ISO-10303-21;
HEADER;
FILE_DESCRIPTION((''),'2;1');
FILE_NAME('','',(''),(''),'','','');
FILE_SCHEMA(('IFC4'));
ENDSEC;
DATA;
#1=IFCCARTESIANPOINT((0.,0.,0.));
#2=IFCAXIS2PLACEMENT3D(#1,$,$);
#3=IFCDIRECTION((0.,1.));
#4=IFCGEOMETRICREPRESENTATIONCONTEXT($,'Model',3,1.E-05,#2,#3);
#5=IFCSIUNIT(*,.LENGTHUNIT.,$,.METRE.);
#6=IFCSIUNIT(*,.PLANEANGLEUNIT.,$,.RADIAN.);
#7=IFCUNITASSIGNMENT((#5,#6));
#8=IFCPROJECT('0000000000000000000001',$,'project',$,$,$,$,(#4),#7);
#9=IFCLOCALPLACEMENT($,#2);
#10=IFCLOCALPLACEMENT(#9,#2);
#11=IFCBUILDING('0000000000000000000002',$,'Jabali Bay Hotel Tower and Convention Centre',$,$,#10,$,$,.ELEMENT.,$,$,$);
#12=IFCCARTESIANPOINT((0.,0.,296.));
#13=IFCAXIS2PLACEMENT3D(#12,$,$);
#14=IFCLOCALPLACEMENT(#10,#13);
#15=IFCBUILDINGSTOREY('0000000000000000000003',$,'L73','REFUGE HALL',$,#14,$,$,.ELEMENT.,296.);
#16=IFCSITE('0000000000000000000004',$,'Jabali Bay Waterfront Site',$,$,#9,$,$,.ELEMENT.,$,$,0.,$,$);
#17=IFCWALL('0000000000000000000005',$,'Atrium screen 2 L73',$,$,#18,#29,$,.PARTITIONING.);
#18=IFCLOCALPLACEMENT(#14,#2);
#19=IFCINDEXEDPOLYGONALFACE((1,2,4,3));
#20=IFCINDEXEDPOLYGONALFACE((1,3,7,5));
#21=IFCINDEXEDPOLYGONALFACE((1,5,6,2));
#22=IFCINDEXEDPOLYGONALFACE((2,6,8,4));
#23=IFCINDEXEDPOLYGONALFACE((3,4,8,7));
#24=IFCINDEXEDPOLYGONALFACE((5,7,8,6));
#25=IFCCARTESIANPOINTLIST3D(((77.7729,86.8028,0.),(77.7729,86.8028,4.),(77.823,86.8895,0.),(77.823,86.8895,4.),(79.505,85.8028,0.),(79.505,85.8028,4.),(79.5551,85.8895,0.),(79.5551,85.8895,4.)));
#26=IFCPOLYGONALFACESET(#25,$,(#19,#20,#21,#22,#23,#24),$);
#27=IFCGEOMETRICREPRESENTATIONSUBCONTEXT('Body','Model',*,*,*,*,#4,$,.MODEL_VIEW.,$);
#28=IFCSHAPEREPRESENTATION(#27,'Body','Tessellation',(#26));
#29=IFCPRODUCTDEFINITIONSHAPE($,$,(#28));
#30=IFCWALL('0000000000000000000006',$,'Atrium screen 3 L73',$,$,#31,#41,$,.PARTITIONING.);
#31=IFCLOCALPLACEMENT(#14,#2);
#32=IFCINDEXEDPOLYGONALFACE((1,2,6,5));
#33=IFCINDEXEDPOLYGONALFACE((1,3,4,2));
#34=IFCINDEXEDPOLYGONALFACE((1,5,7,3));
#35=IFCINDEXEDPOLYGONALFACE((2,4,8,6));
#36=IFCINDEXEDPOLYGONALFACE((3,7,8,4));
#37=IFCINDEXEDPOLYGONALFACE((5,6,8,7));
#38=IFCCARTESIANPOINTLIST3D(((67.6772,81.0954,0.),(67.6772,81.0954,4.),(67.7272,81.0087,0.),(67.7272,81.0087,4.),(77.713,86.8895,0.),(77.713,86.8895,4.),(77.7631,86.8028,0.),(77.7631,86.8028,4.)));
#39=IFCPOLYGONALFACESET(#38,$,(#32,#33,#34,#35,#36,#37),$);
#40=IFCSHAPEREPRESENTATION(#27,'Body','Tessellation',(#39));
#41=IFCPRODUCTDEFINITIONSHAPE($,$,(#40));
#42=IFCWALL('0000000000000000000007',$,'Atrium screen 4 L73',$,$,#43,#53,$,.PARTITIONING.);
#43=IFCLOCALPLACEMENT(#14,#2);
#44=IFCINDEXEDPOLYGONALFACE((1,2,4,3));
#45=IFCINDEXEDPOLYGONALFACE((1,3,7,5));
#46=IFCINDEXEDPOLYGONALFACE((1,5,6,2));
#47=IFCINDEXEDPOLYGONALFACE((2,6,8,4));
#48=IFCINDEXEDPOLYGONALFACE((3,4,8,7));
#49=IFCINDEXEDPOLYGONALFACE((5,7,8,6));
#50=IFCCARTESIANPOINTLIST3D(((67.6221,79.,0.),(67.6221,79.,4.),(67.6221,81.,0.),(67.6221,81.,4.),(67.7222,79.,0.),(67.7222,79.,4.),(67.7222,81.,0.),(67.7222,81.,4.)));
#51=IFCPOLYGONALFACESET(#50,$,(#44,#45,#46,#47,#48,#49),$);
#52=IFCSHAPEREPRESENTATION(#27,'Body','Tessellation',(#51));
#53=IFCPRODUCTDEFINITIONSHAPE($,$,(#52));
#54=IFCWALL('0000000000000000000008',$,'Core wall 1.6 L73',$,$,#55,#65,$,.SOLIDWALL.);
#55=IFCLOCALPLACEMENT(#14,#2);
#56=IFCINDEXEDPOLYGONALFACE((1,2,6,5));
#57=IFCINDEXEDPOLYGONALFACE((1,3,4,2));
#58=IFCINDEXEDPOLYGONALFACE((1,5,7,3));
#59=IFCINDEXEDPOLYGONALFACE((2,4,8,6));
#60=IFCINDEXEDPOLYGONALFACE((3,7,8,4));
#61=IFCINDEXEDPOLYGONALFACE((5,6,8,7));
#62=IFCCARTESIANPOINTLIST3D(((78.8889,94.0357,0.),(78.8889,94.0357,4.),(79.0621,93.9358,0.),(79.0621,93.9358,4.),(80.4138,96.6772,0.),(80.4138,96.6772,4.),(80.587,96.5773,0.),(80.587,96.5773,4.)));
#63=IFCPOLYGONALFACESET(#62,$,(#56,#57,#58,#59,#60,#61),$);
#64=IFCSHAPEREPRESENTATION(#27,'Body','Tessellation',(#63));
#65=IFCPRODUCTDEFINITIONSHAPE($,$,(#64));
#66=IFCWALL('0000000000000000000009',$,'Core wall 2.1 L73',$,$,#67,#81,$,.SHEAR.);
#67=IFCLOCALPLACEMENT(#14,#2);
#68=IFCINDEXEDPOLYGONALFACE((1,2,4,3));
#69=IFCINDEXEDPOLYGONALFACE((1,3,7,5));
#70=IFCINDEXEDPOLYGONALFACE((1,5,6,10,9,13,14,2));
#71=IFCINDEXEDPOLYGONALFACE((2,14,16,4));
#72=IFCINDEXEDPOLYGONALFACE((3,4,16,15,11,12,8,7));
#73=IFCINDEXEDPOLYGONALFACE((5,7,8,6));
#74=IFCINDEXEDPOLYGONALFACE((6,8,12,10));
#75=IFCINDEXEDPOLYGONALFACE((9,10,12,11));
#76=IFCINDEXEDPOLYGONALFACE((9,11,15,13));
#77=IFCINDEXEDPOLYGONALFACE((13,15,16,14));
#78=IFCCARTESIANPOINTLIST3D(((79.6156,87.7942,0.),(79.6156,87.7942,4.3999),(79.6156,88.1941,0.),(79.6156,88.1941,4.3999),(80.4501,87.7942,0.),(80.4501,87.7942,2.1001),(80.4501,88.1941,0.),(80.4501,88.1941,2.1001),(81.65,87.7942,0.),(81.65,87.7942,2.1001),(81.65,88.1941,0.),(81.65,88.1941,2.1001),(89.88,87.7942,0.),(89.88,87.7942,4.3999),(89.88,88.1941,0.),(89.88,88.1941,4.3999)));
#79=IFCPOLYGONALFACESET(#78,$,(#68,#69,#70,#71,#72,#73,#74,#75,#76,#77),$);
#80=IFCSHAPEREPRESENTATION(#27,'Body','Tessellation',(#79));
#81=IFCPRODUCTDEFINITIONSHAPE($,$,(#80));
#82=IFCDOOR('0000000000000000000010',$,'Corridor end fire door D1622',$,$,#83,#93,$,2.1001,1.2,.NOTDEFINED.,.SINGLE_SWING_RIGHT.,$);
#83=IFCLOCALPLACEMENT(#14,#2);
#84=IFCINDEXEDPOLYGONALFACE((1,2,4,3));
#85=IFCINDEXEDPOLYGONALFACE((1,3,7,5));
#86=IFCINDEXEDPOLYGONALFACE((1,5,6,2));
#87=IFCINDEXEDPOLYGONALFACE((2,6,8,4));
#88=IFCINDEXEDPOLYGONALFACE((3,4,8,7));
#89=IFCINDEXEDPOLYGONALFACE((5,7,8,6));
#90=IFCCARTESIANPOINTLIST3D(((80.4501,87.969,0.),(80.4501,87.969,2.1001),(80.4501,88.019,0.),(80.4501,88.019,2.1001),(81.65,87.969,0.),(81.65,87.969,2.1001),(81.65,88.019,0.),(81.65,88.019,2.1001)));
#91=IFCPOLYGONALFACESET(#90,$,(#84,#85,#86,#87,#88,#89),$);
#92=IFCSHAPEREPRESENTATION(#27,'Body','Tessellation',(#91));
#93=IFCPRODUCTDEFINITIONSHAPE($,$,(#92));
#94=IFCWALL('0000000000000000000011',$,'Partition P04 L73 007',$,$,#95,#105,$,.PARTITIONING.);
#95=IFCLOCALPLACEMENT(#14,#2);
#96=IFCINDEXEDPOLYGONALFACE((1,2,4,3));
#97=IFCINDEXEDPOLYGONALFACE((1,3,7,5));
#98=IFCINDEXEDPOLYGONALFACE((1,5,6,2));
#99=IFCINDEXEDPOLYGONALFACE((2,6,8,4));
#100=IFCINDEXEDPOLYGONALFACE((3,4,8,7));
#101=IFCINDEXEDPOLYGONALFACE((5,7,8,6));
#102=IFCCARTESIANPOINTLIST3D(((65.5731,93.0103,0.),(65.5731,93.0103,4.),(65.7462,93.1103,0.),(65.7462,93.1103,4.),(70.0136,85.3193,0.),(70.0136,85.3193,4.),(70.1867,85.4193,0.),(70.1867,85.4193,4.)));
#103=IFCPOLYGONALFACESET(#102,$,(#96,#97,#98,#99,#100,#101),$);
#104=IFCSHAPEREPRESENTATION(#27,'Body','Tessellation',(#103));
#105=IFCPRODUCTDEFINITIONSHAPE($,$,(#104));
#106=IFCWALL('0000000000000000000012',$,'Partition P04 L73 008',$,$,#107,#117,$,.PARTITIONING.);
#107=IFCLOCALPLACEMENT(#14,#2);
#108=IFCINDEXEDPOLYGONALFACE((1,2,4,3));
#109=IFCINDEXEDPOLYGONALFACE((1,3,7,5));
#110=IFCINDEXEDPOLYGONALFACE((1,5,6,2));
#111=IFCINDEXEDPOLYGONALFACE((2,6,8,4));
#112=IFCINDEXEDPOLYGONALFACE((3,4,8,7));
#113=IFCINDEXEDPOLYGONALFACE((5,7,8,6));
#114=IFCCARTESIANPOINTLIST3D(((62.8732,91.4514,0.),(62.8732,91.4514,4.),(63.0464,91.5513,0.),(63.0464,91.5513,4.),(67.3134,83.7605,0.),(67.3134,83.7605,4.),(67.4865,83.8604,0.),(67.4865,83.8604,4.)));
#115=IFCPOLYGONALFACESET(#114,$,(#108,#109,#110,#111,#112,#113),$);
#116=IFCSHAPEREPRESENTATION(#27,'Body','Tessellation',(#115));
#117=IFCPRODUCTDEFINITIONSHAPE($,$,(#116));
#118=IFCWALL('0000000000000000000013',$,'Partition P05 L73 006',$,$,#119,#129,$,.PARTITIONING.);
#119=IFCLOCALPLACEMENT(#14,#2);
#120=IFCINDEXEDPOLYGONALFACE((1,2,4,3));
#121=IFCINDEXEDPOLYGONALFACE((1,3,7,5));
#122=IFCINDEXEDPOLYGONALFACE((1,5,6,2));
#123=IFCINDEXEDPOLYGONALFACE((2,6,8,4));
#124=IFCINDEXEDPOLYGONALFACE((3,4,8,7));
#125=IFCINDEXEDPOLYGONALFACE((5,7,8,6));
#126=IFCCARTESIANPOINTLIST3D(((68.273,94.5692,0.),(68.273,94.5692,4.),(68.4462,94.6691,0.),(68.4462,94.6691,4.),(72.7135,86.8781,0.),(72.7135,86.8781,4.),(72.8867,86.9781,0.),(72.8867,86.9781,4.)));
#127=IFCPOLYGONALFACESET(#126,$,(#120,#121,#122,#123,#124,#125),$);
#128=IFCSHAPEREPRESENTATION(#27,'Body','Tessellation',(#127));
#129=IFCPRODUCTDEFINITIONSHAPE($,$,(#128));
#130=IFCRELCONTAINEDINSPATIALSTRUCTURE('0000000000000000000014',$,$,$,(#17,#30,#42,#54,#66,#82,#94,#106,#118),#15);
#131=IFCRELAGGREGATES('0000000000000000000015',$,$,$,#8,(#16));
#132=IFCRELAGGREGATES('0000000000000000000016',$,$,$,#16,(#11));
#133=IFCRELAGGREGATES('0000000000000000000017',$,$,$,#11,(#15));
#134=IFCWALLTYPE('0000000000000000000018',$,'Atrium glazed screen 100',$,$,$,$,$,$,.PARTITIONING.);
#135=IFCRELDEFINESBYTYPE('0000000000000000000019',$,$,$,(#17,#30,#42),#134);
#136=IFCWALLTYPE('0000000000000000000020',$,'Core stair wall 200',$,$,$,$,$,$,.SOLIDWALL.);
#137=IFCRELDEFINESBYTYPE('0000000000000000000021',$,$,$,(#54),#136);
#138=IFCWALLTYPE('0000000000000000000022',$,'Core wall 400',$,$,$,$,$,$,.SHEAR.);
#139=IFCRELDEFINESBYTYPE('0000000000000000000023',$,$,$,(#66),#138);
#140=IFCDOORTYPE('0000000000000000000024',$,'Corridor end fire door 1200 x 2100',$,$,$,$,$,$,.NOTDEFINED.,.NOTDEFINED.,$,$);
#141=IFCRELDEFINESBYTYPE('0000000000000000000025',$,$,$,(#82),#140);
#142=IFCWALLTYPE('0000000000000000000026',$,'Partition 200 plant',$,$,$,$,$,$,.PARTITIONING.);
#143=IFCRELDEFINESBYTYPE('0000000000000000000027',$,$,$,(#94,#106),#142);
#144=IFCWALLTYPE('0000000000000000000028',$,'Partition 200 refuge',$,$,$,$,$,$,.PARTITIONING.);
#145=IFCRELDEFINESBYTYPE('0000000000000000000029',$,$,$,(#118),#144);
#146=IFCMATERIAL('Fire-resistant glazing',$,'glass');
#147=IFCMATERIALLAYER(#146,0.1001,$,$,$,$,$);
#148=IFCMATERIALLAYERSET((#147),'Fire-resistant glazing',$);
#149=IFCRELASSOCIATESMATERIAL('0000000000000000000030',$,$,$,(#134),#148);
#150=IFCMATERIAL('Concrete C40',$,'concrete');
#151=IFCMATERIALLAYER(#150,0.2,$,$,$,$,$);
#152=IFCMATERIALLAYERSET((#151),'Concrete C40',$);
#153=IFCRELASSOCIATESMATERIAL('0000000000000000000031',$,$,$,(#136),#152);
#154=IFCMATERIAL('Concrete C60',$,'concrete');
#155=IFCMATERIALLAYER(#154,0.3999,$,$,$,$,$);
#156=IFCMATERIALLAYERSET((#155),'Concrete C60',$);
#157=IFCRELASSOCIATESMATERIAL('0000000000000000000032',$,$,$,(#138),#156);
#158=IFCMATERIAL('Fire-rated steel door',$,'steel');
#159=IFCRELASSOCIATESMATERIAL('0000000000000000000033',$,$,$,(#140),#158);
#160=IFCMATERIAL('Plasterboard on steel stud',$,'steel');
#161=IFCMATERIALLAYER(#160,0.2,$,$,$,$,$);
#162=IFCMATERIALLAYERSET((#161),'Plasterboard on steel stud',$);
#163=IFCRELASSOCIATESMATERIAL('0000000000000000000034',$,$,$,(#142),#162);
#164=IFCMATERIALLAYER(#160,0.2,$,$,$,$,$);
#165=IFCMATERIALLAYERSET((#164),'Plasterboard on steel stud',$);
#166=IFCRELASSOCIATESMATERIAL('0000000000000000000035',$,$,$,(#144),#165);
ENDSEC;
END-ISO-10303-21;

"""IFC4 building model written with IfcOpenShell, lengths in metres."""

from ifc_helpers import new_model, si_unit, direction, frame, frame_2d, origin, place, context, subcontext, project, spatial, rectangle, extrude, material, layer, layer_set, type_object, element, fill, save


model = new_model("IFC4")

# Units and contexts
model_context = context("Model", 3, precision=1e-05, world=origin(), true_north=direction((0.0, 1.0)))
body_context = subcontext(model_context, "Body", "Model", "MODEL_VIEW")
ifc_project = project(units=[si_unit("LENGTHUNIT", "METRE"), si_unit("PLANEANGLEUNIT", "RADIAN")], contexts=[model_context])

# Site, building, storey
site_placement = place(None, origin())
site = spatial("IfcSite", under=ifc_project, at=site_placement, Name="Jabali Bay Waterfront Site", CompositionType="ELEMENT", RefElevation=0.0)
building_placement = place(site_placement, origin())
building = spatial("IfcBuilding", under=site, at=building_placement, Name="Jabali Bay Hotel Tower and Convention Centre", CompositionType="ELEMENT")
storey_placement = place(building_placement, frame((0.0, 0.0, 296.0)))
storey = spatial("IfcBuildingStorey", under=building, at=storey_placement, Name="L73", Description="REFUGE HALL", CompositionType="ELEMENT", Elevation=296.0)

# Walls
ifc_material_1 = material(Name="Fire-resistant glazing", Category="glass")
ifc_layer_1 = layer(ifc_material_1, 0.1001)
ifc_layer_set_1 = layer_set([ifc_layer_1], Name="Fire-resistant glazing")
wall_type_1 = type_object("IfcWallType", Name="Atrium glazed screen 100", PredefinedType="PARTITIONING", material=ifc_layer_set_1)
wall_1_placement = place(storey_placement, frame((79.53, 85.8462, 0.0), z_axis=(0.0, 0.0, 1.0), x_axis=(-0.866041, 0.499973, 0.0)))
element("IfcWall", 1, at=wall_1_placement, inside=storey, type_object=wall_type_1, Name="Atrium screen 2 L73", PredefinedType="PARTITIONING", context=body_context, shape_type="SweptSolid", body=[
    extrude(rectangle(XDim=2.0, YDim=0.1001, at=frame_2d((1.0, 0.0))), origin(), (0.0, 0.0, 1.0), 4.0),
])
wall_2_placement = place(storey_placement, frame((77.738, 86.8462, 0.0), z_axis=(0.0, 0.0, 1.0), x_axis=(-0.866027, -0.499998, 0.0)))
element("IfcWall", 2, at=wall_2_placement, inside=storey, type_object=wall_type_1, Name="Atrium screen 3 L73", PredefinedType="PARTITIONING", context=body_context, shape_type="SweptSolid", body=[
    extrude(rectangle(XDim=11.5884, YDim=0.1001, at=frame_2d((5.7942, 0.0))), origin(), (0.0, 0.0, 1.0), 4.0),
])
wall_3_placement = place(storey_placement, frame((67.6721, 81.0, 0.0), z_axis=(0.0, 0.0, 1.0), x_axis=(0.0, -1.0, 0.0)))
element("IfcWall", 3, at=wall_3_placement, inside=storey, type_object=wall_type_1, Name="Atrium screen 4 L73", PredefinedType="PARTITIONING", context=body_context, shape_type="SweptSolid", body=[
    extrude(rectangle(XDim=2.0, YDim=0.1001, at=frame_2d((1.0, 0.0))), origin(), (0.0, 0.0, 1.0), 4.0),
])
ifc_material_2 = material(Name="Concrete C40", Category="concrete")
ifc_layer_2 = layer(ifc_material_2, 0.2)
ifc_layer_set_2 = layer_set([ifc_layer_2], Name="Concrete C40")
wall_type_2 = type_object("IfcWallType", Name="Core stair wall 200", PredefinedType="SOLIDWALL", material=ifc_layer_set_2)
wall_4_placement = place(storey_placement, frame((78.9756, 93.9858, 0.0), z_axis=(0.0, 0.0, 1.0), x_axis=(0.499944, 0.866058, 0.0)))
element("IfcWall", 4, at=wall_4_placement, inside=storey, type_object=wall_type_2, Name="Core wall 1.6 L73", PredefinedType="SOLIDWALL", context=body_context, shape_type="SweptSolid", body=[
    extrude(rectangle(XDim=3.05, YDim=0.2, at=frame_2d((1.5249, 0.0))), origin(), (0.0, 0.0, 1.0), 4.0),
])

# Wall, opening, door
ifc_material_3 = material(Name="Concrete C60", Category="concrete")
ifc_layer_3 = layer(ifc_material_3, 0.3999)
ifc_layer_set_3 = layer_set([ifc_layer_3], Name="Concrete C60")
wall_type_3 = type_object("IfcWallType", Name="Core wall 400", PredefinedType="SHEAR", material=ifc_layer_set_3)
wall_5_placement = place(storey_placement, frame((79.6155, 87.9941, 0.0), z_axis=(0.0, 0.0, 1.0), x_axis=(1.0, 0.0, 0.0)))
wall_5 = element("IfcWall", 5, at=wall_5_placement, inside=storey, type_object=wall_type_3, Name="Core wall 2.1 L73", PredefinedType="SHEAR", context=body_context, shape_type="SweptSolid", body=[
    extrude(rectangle(XDim=10.2644, YDim=0.3999, at=frame_2d((5.1323, 0.0))), origin(), (0.0, 0.0, 1.0), 4.3999),
])
opening_1_placement = place(wall_5_placement, frame((0.8345, 0.0, 0.0)))
opening_1 = element("IfcOpeningElement", 6, at=opening_1_placement, cuts=wall_5, PredefinedType="OPENING", context=body_context, shape_type="SweptSolid", body=[
    extrude(rectangle(XDim=1.2, YDim=2.1001, at=frame_2d((0.6001, 1.05))), frame((0.0, 0.2104, 0.0), z_axis=(0.0, -1.0, 0.0), x_axis=(1.0, 0.0, 0.0)), (0.0, 0.0, 1.0), 0.4209),
])
ifc_material_4 = material(Name="Fire-rated steel door", Category="steel")
door_type_1 = type_object("IfcDoorType", Name="Corridor end fire door 1200 x 2100", OperationType="NOTDEFINED", PredefinedType="NOTDEFINED", material=ifc_material_4)
door_1_placement = place(opening_1_placement, origin())
door_1 = element("IfcDoor", 7, at=door_1_placement, inside=storey, type_object=door_type_1, Name="Corridor end fire door D1622", OperationType="SINGLE_SWING_RIGHT", OverallHeight=2.1001, OverallWidth=1.2, PredefinedType="NOTDEFINED", context=body_context, shape_type="SweptSolid", body=[
    extrude(rectangle(XDim=1.2, YDim=2.1001, at=frame_2d((0.6001, 1.05))), frame((0.0, 0.0249, 0.0), z_axis=(0.0, -1.0, 0.0), x_axis=(1.0, 0.0, 0.0)), (0.0, 0.0, 1.0), 0.05),
])
fill(opening_1, door_1)

# Walls
ifc_material_5 = material(Name="Plasterboard on steel stud", Category="steel")
ifc_layer_4 = layer(ifc_material_5, 0.2)
ifc_layer_set_4 = layer_set([ifc_layer_4], Name="Plasterboard on steel stud")
wall_type_4 = type_object("IfcWallType", Name="Partition 200 plant", PredefinedType="PARTITIONING", material=ifc_layer_set_4)
wall_6_placement = place(storey_placement, frame((65.6597, 93.0603, 0.0), z_axis=(0.0, 0.0, 1.0), x_axis=(0.500006, -0.866022, 0.0)))
element("IfcWall", 8, at=wall_6_placement, inside=storey, type_object=wall_type_4, Name="Partition P04 L73 007", PredefinedType="PARTITIONING", context=body_context, shape_type="SweptSolid", body=[
    extrude(rectangle(XDim=8.8809, YDim=0.2, at=frame_2d((4.4404, 0.0))), origin(), (0.0, 0.0, 1.0), 4.0),
])
wall_7_placement = place(storey_placement, frame((62.9597, 91.5015, 0.0), z_axis=(0.0, 0.0, 1.0), x_axis=(0.499986, -0.866034, 0.0)))
element("IfcWall", 9, at=wall_7_placement, inside=storey, type_object=wall_type_4, Name="Partition P04 L73 008", PredefinedType="PARTITIONING", context=body_context, shape_type="SweptSolid", body=[
    extrude(rectangle(XDim=8.8806, YDim=0.2, at=frame_2d((4.4404, 0.0))), origin(), (0.0, 0.0, 1.0), 4.0),
])

# Shared definitions
ifc_layer_5 = layer(ifc_material_5, 0.2)
ifc_layer_set_5 = layer_set([ifc_layer_5], Name="Plasterboard on steel stud")
wall_type_5 = type_object("IfcWallType", Name="Partition 200 refuge", PredefinedType="PARTITIONING", material=ifc_layer_set_5)

# Wall
wall_8_placement = place(storey_placement, frame((68.3596, 94.6191, 0.0), z_axis=(0.0, 0.0, 1.0), x_axis=(0.500006, -0.866022, 0.0)))
element("IfcWall", 10, at=wall_8_placement, inside=storey, type_object=wall_type_5, Name="Partition P05 L73 006", PredefinedType="PARTITIONING", context=body_context, shape_type="SweptSolid", body=[
    extrude(rectangle(XDim=8.8809, YDim=0.2, at=frame_2d((4.4404, 0.0))), origin(), (0.0, 0.0, 1.0), 4.0),
])

save(model, "model.ifc")
